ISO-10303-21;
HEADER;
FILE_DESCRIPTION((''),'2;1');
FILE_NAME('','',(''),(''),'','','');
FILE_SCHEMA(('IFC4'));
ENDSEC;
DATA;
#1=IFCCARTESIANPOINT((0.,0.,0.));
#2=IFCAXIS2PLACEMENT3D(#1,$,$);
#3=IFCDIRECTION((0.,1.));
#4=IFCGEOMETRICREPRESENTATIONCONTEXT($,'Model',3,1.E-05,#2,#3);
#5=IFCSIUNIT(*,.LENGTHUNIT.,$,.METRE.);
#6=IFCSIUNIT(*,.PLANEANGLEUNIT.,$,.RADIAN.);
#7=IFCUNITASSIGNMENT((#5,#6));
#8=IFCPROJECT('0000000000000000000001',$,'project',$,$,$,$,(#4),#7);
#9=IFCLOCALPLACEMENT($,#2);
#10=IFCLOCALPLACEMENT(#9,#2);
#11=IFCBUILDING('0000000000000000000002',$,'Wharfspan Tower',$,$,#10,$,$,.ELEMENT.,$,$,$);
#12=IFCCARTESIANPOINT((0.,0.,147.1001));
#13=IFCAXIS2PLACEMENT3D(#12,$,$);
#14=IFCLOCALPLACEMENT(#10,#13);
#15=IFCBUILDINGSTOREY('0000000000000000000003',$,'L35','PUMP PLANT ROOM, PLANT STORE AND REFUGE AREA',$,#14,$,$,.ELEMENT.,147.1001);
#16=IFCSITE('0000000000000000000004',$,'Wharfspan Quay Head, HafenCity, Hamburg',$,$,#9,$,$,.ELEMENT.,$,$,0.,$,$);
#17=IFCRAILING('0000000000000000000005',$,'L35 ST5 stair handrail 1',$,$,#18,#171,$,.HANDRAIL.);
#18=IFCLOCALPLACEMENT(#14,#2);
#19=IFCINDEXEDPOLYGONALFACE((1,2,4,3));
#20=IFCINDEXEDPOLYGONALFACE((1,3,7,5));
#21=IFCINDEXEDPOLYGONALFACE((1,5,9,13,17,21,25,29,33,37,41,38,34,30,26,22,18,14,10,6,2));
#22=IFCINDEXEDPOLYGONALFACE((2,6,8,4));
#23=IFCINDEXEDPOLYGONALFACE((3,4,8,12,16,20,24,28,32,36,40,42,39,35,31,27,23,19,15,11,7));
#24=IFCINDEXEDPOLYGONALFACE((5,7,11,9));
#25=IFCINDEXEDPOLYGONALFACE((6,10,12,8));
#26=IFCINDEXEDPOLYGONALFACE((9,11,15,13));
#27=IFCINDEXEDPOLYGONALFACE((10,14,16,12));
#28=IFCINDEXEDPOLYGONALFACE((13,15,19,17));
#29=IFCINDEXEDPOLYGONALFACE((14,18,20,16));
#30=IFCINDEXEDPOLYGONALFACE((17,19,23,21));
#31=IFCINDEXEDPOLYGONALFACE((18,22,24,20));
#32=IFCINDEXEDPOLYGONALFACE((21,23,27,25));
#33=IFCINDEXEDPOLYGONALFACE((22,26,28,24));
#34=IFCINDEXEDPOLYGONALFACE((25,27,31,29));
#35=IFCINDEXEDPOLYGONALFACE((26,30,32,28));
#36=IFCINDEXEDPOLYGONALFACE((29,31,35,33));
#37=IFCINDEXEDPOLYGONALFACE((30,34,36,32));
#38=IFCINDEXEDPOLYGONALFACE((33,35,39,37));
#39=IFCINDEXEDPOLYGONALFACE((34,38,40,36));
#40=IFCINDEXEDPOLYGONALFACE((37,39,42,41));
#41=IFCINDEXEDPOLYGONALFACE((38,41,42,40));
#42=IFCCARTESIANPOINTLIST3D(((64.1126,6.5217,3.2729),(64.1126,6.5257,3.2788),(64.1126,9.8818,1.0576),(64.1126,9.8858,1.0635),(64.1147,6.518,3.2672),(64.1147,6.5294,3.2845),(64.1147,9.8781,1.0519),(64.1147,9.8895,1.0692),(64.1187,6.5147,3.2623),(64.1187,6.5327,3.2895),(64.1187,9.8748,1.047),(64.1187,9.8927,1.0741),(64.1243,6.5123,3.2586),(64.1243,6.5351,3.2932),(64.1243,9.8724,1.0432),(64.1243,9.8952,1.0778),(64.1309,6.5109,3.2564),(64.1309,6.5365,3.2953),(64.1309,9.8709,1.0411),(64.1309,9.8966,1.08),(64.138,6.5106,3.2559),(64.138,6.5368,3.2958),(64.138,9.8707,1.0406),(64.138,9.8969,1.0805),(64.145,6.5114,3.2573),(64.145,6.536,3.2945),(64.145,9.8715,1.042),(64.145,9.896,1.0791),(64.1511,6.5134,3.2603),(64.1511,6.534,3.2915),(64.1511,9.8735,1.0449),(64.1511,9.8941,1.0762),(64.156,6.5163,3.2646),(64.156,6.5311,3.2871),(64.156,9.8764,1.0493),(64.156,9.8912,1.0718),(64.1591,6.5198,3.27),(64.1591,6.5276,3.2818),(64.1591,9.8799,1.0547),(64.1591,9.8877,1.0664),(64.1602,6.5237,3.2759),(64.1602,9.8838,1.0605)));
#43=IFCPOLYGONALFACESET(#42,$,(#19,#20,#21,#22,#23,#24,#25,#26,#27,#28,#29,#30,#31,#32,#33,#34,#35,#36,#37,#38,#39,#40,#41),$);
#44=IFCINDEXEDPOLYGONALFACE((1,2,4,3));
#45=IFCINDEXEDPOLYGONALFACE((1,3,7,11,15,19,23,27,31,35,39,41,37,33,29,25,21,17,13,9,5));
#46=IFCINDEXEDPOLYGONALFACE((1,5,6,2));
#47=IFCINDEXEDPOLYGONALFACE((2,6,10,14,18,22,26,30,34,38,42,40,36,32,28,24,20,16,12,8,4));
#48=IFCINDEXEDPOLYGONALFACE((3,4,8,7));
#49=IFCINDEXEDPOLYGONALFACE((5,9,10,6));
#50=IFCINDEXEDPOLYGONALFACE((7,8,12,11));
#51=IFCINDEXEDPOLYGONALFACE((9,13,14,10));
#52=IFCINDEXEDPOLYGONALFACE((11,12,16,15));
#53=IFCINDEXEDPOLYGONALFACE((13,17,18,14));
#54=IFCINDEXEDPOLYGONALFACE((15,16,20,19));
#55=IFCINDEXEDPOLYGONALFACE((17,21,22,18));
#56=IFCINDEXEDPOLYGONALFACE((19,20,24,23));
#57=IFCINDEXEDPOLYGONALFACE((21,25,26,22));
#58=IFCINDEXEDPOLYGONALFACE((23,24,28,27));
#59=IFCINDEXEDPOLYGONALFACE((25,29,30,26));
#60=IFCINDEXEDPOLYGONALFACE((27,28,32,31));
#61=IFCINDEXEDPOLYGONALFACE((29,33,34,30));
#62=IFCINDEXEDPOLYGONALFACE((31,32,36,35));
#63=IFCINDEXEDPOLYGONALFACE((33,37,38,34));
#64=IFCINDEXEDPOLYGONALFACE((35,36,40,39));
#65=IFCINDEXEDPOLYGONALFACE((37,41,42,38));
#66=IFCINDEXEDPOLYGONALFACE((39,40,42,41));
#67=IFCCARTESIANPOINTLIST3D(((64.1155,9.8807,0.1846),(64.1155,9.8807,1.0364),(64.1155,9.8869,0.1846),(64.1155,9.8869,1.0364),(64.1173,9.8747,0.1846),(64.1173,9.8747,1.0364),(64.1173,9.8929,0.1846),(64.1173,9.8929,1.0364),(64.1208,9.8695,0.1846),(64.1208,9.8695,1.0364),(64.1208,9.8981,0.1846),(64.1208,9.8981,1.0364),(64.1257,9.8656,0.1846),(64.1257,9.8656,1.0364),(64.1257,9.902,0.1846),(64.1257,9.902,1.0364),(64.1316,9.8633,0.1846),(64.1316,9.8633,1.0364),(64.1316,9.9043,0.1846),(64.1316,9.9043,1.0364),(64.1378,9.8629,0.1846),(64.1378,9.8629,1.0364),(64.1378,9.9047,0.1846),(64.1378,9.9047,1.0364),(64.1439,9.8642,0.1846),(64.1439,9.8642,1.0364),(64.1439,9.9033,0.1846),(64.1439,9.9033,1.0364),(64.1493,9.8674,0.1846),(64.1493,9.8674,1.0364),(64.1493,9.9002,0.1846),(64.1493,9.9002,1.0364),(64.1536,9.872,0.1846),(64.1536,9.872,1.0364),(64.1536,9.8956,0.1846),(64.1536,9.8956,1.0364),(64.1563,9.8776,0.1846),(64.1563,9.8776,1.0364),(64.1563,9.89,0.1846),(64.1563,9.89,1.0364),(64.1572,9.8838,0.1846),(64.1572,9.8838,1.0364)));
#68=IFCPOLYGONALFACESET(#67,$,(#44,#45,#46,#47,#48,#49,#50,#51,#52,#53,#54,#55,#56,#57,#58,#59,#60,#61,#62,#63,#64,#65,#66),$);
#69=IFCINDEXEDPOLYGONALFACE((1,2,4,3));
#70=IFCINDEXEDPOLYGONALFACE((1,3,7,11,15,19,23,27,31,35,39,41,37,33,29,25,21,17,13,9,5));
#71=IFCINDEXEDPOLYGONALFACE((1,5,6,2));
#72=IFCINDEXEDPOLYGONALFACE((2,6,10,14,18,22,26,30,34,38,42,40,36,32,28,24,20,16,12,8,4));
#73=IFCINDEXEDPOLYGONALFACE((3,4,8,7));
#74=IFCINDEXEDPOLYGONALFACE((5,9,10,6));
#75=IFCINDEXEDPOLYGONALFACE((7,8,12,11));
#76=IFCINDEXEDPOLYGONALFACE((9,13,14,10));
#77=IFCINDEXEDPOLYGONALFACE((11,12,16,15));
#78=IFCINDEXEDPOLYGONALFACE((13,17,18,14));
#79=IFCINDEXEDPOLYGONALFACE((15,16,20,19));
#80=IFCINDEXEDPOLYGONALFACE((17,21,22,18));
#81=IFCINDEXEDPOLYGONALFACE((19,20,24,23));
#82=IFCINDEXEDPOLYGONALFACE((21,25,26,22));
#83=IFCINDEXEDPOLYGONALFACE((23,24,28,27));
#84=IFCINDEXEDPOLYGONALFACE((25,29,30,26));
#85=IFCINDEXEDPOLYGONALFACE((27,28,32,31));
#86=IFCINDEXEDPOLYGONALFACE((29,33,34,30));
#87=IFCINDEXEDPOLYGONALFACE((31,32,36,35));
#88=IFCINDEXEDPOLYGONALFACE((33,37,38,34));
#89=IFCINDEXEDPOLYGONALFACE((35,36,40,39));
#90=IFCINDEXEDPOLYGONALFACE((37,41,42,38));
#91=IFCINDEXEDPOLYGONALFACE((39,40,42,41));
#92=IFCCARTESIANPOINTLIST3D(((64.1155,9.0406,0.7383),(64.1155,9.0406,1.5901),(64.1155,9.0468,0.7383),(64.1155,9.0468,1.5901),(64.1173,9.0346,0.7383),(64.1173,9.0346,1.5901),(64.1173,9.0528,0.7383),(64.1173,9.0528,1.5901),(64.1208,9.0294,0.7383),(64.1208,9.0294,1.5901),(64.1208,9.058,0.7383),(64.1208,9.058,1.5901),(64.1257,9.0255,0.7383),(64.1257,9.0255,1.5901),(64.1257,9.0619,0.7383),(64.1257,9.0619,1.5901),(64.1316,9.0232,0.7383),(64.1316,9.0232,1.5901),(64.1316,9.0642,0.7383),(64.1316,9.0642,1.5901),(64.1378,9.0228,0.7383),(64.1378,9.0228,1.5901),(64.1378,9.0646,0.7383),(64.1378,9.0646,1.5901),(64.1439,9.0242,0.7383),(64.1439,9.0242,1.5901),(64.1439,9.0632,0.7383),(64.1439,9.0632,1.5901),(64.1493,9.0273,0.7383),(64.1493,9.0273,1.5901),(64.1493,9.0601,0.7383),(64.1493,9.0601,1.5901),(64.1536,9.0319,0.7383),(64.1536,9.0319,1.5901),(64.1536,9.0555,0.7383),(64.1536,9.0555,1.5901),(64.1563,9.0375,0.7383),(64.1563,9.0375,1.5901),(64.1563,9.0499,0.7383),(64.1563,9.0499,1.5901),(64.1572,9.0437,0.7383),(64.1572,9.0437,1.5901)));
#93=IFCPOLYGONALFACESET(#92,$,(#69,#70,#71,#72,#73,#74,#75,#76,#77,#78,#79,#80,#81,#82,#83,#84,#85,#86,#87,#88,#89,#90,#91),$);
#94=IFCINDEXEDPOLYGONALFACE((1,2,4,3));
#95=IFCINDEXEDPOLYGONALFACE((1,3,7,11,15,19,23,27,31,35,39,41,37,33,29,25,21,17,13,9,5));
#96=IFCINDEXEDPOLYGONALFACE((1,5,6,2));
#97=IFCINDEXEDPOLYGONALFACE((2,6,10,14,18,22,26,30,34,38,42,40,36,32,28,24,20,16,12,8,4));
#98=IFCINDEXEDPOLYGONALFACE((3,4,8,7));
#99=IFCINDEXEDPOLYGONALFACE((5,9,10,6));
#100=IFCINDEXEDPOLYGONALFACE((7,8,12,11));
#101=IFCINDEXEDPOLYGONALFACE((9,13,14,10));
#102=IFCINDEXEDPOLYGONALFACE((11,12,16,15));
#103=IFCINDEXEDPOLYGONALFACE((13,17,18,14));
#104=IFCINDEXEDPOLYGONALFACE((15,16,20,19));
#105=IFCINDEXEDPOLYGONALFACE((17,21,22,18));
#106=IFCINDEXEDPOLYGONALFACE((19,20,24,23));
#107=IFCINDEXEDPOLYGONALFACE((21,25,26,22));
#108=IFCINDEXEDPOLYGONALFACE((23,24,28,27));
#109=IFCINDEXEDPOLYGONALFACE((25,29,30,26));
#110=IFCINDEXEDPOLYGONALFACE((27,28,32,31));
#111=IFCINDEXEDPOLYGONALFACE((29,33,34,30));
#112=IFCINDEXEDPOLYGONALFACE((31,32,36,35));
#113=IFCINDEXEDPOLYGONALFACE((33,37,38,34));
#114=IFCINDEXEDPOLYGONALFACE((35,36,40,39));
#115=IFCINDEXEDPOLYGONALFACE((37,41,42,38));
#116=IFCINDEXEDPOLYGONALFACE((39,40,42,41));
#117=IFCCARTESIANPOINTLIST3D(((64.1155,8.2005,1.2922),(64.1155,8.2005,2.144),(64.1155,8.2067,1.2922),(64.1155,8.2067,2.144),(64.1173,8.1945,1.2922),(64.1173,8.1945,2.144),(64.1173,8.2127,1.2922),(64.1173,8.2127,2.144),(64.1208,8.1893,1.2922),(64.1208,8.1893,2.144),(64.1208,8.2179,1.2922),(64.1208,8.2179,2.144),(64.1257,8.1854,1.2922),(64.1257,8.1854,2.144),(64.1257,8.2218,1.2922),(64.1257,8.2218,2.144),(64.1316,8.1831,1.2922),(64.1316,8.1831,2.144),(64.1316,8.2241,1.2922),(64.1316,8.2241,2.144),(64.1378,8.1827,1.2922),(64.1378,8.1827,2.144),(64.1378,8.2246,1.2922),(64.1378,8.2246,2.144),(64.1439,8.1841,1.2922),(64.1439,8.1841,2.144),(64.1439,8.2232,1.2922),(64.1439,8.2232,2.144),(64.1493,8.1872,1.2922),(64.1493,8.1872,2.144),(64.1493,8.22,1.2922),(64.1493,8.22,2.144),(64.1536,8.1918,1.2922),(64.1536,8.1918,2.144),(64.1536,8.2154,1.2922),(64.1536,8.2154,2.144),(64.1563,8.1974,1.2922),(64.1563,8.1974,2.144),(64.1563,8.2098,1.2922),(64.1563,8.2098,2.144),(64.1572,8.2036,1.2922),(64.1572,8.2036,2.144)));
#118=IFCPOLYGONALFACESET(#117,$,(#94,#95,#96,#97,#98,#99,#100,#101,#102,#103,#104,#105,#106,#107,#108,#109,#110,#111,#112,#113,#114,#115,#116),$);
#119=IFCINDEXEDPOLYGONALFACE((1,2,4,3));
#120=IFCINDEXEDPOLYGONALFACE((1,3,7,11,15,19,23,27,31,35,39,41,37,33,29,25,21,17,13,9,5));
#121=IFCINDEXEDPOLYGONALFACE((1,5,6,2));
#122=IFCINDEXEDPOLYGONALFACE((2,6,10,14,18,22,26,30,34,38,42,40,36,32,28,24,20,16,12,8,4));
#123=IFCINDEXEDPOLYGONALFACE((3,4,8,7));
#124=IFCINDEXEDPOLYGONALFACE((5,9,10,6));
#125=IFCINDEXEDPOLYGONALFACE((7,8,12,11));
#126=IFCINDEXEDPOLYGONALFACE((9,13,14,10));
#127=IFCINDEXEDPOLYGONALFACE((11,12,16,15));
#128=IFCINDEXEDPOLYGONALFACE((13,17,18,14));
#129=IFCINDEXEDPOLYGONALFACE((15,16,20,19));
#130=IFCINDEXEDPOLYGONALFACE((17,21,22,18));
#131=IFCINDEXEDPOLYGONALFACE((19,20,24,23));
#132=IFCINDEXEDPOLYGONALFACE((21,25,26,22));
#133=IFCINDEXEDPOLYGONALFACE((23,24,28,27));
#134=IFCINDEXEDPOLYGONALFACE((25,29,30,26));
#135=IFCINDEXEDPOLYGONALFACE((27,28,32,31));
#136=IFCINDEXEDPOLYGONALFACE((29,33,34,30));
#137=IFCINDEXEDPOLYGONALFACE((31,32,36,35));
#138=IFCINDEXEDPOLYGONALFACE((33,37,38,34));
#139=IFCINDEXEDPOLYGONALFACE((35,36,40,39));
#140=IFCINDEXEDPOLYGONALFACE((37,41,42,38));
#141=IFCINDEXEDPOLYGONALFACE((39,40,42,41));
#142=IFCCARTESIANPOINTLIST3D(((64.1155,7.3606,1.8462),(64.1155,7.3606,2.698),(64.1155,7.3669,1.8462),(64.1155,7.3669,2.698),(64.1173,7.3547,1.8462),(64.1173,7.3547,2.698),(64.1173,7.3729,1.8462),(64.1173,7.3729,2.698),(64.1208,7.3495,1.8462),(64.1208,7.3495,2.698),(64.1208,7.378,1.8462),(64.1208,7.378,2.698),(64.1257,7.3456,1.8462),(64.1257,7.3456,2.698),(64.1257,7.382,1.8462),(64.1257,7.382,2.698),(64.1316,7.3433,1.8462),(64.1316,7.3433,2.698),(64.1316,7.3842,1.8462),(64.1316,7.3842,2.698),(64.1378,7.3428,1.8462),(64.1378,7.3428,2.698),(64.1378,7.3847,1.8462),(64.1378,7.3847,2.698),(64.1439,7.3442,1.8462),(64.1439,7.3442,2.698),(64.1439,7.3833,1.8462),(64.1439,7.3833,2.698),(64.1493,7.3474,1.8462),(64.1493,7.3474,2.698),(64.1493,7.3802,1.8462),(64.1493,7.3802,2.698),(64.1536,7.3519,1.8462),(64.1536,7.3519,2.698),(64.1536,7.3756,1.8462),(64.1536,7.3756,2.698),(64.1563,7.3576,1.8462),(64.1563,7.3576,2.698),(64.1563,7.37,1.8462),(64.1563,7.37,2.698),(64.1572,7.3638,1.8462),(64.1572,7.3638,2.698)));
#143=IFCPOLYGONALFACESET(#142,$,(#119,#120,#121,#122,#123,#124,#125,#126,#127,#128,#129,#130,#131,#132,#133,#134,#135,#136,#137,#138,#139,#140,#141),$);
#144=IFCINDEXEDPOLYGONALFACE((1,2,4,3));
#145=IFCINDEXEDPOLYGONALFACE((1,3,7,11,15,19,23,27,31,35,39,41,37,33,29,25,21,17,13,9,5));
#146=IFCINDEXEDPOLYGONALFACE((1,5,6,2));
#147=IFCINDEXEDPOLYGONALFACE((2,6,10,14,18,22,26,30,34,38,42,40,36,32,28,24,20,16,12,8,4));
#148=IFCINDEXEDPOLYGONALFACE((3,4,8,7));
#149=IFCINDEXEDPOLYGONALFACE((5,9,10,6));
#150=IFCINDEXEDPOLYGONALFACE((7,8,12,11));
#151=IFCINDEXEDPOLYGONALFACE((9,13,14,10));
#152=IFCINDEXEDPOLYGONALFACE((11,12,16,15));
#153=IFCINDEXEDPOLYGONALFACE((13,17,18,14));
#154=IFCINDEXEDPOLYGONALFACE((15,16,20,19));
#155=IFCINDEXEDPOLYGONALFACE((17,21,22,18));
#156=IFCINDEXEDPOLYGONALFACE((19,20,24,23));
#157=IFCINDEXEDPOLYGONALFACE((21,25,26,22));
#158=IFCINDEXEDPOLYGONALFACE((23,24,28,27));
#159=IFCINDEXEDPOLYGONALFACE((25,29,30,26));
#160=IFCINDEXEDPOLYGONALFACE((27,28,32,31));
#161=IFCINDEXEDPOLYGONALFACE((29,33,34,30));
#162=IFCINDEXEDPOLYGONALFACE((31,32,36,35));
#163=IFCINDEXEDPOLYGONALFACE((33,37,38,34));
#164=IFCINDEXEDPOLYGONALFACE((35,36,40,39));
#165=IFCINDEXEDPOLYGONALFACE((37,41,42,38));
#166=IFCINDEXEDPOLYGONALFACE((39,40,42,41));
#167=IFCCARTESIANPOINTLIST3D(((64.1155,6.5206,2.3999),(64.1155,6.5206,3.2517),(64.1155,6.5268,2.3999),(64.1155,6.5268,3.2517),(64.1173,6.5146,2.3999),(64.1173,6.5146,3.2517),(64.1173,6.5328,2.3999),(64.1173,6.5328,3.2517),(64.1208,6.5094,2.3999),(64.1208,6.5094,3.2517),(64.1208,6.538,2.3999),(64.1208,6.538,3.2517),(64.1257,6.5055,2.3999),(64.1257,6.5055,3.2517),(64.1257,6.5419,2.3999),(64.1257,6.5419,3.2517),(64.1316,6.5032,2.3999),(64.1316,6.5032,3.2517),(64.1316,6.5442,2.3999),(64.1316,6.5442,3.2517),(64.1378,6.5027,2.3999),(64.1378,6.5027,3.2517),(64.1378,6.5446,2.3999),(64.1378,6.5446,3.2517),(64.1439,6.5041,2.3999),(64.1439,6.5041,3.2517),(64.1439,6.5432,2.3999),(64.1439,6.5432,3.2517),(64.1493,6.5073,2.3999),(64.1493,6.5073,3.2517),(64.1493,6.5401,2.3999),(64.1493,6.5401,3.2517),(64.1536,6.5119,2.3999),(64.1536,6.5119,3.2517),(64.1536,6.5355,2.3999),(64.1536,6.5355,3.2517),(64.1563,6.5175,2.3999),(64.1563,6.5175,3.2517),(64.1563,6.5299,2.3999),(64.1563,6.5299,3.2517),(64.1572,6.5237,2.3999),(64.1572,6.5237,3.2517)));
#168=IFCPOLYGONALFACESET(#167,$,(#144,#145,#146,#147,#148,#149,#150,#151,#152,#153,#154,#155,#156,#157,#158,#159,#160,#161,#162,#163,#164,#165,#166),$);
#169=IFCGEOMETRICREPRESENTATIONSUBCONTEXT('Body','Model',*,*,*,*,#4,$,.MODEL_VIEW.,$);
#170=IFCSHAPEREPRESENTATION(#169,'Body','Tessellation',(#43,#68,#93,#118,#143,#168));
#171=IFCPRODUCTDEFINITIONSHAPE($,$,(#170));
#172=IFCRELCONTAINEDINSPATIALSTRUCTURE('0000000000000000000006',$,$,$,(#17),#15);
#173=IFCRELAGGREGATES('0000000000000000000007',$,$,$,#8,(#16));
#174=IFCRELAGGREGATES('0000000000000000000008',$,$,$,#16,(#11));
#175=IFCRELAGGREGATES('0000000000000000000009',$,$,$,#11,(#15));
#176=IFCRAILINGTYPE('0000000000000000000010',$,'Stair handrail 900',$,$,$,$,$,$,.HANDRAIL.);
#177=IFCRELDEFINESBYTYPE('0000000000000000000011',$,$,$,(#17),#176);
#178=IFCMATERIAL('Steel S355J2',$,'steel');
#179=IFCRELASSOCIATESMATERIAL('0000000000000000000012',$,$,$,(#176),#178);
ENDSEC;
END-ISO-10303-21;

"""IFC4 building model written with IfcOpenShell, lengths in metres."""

from ifc_helpers import new_model, si_unit, direction, frame, origin, origin_2d, place, context, subcontext, project, spatial, circle, extrude, material, type_object, element, save


model = new_model("IFC4")

# Units and contexts
model_context = context("Model", 3, precision=1e-05, world=origin(), true_north=direction((0.0, 1.0)))
body_context = subcontext(model_context, "Body", "Model", "MODEL_VIEW")
ifc_project = project(units=[si_unit("LENGTHUNIT", "METRE"), si_unit("PLANEANGLEUNIT", "RADIAN")], contexts=[model_context])

# Site, building, storey
site_placement = place(None, origin())
site = spatial("IfcSite", under=ifc_project, at=site_placement, Name="Wharfspan Quay Head, HafenCity, Hamburg", CompositionType="ELEMENT", RefElevation=0.0)
building_placement = place(site_placement, origin())
building = spatial("IfcBuilding", under=site, at=building_placement, Name="Wharfspan Tower", CompositionType="ELEMENT")
storey_placement = place(building_placement, frame((0.0, 0.0, 147.1001)))
storey = spatial("IfcBuildingStorey", under=building, at=storey_placement, Name="L35", Description="PUMP PLANT ROOM, PLANT STORE AND REFUGE AREA", CompositionType="ELEMENT", Elevation=147.1001)

# Shared definitions
ifc_material_1 = material(Name="Steel S355J2", Category="steel")

# Railing
railing_type_1 = type_object("IfcRailingType", Name="Stair handrail 900", PredefinedType="HANDRAIL", material=ifc_material_1)
railing_1_placement = place(storey_placement, frame((64.1362, 9.8838, 0.1846)))
element("IfcRailing", 1, at=railing_1_placement, inside=storey, type_object=railing_type_1, Name="L35 ST5 stair handrail 1", PredefinedType="HANDRAIL", context=body_context, shape_type="SweptSolid", body=[
    extrude(circle(Radius=0.0239, at=origin_2d()), frame((0.0, 0.0, 0.876), z_axis=(0.0, -0.834876, 0.550437), x_axis=(1.0, 0.0, 0.0)), (0.0, 0.0, 1.0), 4.0247),
    extrude(circle(Radius=0.021, at=origin_2d()), origin(), (0.0, 0.0, 1.0), 0.8518),
    extrude(circle(Radius=0.021, at=origin_2d()), frame((0.0, -0.8401, 0.5537)), (0.0, 0.0, 1.0), 0.8518),
    extrude(circle(Radius=0.021, at=origin_2d()), frame((0.0, -1.6802, 1.1077)), (0.0, 0.0, 1.0), 0.8518),
    extrude(circle(Radius=0.021, at=origin_2d()), frame((0.0, -2.52, 1.6616)), (0.0, 0.0, 1.0), 0.8518),
    extrude(circle(Radius=0.021, at=origin_2d()), frame((0.0, -3.3601, 2.2153)), (0.0, 0.0, 1.0), 0.8518),
])

save(model, "model.ifc")
